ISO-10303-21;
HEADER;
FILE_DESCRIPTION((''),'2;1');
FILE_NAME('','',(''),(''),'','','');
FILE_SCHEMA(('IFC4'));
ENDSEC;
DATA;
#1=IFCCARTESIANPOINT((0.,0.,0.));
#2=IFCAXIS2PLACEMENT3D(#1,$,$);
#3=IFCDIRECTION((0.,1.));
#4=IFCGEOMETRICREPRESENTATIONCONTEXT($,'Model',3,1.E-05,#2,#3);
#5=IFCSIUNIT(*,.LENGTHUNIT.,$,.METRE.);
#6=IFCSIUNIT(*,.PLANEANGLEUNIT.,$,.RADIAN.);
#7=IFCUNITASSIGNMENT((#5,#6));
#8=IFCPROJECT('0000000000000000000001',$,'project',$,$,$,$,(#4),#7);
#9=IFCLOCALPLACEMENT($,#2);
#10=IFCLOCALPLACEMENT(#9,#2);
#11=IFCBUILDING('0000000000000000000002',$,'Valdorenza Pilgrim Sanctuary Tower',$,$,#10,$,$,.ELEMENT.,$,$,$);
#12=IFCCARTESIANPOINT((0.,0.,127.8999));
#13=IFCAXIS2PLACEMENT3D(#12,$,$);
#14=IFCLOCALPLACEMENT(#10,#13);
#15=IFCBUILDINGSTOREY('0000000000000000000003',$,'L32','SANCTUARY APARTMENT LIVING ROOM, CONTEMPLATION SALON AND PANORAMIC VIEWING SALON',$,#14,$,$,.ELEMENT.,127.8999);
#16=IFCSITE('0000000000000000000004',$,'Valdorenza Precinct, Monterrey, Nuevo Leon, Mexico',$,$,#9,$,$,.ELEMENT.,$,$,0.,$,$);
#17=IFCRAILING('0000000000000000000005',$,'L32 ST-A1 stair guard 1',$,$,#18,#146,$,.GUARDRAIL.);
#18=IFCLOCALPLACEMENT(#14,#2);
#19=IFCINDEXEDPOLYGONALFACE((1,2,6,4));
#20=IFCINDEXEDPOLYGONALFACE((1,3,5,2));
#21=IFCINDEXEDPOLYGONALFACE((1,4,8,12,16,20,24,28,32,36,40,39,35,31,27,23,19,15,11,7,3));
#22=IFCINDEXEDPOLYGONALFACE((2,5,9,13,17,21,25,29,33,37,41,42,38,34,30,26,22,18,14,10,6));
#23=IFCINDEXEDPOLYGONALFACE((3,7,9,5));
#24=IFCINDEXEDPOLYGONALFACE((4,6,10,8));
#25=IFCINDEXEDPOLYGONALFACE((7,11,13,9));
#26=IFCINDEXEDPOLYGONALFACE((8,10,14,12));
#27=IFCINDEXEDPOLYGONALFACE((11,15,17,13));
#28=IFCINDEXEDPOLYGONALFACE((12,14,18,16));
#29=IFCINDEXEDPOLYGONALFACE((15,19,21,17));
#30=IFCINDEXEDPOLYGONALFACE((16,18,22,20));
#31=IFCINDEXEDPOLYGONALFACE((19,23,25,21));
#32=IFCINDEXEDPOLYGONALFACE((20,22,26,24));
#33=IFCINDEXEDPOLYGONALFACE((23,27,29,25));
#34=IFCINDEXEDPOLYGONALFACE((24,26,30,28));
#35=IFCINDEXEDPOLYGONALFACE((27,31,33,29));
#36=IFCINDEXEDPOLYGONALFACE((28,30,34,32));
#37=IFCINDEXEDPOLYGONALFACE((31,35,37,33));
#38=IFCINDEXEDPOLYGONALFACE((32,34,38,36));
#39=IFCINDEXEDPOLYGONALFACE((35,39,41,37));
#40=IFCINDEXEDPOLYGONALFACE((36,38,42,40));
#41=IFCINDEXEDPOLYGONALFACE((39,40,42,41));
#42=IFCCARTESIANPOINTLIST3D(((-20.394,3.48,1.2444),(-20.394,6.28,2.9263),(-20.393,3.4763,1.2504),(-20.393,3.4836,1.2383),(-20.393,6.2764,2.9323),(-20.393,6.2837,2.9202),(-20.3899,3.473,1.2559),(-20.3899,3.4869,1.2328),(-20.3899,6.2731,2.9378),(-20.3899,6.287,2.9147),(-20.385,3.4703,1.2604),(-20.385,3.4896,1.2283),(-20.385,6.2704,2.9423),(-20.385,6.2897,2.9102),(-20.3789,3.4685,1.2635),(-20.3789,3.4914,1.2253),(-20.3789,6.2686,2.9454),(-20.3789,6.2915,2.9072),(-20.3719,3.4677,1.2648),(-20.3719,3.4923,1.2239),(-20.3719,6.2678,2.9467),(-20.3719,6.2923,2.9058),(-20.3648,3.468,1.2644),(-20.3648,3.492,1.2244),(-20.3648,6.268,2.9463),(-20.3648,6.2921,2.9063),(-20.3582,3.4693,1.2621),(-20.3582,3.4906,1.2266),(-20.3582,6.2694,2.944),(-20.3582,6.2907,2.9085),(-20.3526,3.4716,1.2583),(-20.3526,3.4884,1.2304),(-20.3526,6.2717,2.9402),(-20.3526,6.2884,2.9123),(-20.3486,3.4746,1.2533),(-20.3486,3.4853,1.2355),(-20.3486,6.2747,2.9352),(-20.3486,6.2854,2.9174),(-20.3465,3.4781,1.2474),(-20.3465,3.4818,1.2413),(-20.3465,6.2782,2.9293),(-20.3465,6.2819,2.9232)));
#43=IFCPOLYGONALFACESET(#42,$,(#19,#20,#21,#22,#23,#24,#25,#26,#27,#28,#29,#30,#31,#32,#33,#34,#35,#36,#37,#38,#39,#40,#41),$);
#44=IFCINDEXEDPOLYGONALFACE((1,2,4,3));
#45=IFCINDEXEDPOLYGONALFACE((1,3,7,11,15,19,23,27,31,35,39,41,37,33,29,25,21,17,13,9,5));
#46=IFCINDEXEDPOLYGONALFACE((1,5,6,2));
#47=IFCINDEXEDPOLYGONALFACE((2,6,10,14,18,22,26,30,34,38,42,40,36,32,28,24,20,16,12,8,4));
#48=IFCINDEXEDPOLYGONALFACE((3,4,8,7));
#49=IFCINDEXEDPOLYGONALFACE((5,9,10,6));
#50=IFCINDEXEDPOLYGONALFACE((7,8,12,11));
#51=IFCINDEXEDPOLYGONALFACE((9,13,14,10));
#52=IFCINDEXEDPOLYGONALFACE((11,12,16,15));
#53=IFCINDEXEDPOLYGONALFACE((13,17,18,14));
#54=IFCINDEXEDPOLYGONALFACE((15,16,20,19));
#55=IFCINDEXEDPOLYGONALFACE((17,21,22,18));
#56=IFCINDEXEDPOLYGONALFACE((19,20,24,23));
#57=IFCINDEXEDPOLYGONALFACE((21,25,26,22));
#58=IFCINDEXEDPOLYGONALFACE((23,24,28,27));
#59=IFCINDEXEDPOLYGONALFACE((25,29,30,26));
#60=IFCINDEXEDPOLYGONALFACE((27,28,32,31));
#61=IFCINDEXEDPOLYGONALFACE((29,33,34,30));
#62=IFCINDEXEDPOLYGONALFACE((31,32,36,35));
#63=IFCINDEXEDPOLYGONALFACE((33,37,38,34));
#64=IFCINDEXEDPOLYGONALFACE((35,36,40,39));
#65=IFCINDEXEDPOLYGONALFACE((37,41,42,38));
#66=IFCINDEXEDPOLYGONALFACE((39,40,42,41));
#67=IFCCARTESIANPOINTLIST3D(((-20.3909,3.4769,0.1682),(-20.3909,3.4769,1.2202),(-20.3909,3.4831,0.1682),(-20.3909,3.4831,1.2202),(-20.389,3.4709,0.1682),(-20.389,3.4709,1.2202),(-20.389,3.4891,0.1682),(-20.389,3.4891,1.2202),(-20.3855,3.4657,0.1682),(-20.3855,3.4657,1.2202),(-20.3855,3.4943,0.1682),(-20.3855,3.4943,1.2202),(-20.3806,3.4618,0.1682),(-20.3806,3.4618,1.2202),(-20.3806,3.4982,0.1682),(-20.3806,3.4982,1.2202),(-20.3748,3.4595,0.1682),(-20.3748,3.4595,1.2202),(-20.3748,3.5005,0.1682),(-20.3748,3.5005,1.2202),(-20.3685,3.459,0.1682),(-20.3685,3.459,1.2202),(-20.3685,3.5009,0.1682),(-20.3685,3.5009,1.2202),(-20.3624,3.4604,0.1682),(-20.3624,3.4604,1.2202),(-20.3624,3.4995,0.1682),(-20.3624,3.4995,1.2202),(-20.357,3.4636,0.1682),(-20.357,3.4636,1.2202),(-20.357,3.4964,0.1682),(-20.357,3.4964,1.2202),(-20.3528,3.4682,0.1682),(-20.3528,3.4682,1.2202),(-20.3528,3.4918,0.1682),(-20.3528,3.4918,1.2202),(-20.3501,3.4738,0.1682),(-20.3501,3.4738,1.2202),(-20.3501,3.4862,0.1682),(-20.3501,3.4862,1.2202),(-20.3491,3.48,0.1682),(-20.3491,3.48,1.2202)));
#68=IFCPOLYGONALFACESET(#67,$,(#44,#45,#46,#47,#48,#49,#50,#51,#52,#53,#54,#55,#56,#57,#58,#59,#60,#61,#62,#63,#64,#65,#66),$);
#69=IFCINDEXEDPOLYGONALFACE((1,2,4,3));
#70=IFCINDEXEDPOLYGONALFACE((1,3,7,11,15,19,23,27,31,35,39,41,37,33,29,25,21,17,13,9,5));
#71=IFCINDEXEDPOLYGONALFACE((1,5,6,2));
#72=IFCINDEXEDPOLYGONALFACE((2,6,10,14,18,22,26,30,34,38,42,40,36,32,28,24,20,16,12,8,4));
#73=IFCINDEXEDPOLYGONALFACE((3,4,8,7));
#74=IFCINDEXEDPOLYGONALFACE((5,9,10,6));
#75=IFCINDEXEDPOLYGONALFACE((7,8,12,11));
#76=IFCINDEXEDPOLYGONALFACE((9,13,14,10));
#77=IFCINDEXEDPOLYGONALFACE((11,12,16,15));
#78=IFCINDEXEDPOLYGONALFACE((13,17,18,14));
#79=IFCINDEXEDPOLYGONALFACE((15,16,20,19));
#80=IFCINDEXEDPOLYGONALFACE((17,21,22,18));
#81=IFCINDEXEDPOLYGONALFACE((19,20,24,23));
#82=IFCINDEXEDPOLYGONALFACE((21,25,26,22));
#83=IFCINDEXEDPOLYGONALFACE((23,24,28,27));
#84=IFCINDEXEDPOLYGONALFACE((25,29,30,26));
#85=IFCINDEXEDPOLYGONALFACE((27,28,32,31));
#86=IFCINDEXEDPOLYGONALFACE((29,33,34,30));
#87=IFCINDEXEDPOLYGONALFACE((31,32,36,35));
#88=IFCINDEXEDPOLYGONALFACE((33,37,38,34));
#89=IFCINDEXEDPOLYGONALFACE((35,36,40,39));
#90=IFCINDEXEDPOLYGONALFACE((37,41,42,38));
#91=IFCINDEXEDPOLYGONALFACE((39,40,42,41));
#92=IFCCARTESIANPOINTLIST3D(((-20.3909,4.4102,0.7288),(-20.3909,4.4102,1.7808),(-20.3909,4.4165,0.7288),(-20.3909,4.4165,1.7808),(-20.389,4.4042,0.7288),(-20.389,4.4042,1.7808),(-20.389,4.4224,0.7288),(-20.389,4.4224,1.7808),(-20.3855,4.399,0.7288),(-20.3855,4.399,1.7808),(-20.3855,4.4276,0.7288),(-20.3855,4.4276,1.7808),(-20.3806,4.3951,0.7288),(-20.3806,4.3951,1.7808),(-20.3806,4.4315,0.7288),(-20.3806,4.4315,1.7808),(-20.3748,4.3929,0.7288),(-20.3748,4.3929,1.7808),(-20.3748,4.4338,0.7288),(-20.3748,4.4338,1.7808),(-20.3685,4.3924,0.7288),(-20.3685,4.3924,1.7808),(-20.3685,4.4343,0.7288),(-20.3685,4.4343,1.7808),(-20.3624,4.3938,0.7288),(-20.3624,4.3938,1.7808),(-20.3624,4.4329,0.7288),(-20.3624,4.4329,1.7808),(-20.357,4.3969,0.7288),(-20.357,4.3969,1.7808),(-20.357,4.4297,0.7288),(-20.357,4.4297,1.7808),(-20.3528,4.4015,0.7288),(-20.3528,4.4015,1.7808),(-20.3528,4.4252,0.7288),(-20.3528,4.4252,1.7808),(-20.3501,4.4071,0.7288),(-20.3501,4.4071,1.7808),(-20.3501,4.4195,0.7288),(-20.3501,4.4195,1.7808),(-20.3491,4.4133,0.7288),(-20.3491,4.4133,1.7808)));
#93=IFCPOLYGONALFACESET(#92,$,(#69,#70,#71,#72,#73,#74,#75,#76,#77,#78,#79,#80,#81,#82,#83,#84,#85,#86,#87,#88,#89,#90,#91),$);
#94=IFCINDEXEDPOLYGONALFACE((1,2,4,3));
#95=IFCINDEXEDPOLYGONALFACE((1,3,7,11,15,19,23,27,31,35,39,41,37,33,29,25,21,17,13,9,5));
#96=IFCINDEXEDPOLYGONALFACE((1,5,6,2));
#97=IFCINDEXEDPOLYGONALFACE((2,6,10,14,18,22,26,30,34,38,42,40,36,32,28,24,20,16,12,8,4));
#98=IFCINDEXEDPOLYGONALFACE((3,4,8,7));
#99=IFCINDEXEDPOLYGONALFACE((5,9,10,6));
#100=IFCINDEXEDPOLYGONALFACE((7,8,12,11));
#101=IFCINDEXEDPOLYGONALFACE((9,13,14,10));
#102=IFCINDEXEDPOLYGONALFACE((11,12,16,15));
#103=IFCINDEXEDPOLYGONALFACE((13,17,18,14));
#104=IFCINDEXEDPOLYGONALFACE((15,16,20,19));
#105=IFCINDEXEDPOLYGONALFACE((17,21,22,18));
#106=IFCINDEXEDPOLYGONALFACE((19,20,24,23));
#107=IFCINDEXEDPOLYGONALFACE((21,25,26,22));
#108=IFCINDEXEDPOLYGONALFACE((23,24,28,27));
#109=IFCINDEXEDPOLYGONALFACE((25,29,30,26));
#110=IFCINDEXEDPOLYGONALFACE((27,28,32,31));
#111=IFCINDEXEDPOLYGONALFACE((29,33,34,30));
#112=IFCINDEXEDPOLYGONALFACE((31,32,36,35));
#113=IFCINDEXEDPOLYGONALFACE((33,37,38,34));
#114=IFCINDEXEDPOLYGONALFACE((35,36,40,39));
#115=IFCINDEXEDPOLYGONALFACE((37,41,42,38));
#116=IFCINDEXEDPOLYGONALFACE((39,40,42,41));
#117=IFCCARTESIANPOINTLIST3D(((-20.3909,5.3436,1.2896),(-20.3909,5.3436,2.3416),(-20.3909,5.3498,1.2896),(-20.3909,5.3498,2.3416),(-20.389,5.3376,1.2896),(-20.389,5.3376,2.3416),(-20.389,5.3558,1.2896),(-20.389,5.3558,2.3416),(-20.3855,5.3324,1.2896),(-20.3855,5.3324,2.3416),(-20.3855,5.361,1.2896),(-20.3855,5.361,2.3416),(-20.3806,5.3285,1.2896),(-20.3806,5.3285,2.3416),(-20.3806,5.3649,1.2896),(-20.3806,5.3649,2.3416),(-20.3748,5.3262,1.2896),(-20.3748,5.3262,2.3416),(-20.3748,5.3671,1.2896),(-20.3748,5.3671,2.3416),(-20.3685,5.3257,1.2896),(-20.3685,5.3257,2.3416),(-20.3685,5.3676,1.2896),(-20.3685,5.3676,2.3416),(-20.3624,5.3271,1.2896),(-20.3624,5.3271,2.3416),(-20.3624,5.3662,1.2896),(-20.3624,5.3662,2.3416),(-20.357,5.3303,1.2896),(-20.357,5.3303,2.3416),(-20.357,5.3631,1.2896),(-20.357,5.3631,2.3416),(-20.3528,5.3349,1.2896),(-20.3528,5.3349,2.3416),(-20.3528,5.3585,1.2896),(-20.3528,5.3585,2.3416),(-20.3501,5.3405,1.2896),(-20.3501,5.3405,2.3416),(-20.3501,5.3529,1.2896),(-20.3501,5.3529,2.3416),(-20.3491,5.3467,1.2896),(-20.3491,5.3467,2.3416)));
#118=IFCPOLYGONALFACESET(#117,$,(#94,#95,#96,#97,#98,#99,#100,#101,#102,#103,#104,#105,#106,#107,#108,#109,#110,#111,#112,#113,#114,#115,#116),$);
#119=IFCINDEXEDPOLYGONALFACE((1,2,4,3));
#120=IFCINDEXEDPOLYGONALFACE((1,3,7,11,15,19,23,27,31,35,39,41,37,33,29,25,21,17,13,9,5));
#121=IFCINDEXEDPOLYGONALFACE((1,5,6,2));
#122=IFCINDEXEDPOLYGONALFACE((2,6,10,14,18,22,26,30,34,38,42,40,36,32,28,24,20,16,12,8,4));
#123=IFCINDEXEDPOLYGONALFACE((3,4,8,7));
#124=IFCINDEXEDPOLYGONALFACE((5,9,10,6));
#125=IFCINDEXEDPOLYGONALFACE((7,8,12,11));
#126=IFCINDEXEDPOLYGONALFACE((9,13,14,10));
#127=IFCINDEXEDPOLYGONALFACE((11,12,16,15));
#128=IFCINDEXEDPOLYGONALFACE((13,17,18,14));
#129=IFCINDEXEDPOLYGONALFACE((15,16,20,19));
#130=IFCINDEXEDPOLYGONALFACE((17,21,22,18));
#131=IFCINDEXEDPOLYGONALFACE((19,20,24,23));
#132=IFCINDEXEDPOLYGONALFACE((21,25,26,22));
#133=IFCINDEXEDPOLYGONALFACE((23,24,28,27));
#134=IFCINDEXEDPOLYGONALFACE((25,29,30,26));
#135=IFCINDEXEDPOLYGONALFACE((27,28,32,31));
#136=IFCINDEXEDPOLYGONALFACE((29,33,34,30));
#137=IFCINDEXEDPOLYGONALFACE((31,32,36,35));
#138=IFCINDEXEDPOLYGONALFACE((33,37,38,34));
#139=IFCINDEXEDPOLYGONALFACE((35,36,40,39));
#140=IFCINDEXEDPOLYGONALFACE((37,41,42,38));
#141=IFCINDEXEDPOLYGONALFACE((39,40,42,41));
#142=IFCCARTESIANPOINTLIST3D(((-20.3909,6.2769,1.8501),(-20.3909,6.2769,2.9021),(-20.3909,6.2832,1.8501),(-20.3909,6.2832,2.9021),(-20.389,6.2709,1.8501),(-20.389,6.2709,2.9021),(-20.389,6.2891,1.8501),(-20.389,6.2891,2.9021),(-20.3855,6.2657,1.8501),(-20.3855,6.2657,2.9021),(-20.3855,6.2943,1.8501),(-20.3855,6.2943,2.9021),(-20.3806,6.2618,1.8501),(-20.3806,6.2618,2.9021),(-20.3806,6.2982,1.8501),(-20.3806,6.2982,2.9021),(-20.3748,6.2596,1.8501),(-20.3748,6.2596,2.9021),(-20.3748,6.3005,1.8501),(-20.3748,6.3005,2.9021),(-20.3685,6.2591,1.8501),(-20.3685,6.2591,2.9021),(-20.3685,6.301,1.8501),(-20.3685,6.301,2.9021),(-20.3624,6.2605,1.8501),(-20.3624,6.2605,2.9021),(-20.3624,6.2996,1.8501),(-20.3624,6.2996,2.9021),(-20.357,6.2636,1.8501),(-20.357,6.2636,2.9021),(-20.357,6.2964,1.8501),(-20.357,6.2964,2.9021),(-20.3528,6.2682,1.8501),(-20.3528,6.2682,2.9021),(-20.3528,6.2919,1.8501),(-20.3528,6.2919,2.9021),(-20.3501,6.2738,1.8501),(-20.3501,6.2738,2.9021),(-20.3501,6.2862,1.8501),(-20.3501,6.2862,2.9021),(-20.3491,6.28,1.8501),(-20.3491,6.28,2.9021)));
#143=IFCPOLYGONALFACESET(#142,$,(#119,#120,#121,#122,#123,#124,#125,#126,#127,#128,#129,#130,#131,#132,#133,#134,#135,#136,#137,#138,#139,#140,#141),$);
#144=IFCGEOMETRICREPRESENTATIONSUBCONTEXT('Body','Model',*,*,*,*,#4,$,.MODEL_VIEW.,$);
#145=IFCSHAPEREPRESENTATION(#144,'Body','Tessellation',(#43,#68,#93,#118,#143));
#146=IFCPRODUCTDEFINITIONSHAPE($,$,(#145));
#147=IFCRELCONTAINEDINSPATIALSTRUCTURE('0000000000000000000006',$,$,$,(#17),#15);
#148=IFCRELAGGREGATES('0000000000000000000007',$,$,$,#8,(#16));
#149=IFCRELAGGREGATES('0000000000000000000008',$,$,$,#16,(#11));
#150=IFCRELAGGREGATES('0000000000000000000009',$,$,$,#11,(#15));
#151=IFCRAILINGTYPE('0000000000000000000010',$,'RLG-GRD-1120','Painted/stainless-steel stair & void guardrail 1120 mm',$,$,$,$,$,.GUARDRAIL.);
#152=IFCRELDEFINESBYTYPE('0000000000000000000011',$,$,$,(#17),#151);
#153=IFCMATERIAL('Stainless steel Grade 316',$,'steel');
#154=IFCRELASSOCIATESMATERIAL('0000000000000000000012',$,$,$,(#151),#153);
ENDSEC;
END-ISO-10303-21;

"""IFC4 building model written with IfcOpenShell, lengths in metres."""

from ifc_helpers import new_model, si_unit, direction, frame, origin, origin_2d, place, context, subcontext, project, spatial, circle, extrude, material, type_object, element, save


model = new_model("IFC4")

# Units and contexts
model_context = context("Model", 3, precision=1e-05, world=origin(), true_north=direction((0.0, 1.0)))
body_context = subcontext(model_context, "Body", "Model", "MODEL_VIEW")
ifc_project = project(units=[si_unit("LENGTHUNIT", "METRE"), si_unit("PLANEANGLEUNIT", "RADIAN")], contexts=[model_context])

# Site, building, storey
site_placement = place(None, origin())
site = spatial("IfcSite", under=ifc_project, at=site_placement, Name="Valdorenza Precinct, Monterrey, Nuevo Leon, Mexico", CompositionType="ELEMENT", RefElevation=0.0)
building_placement = place(site_placement, origin())
building = spatial("IfcBuilding", under=site, at=building_placement, Name="Valdorenza Pilgrim Sanctuary Tower", CompositionType="ELEMENT")
storey_placement = place(building_placement, frame((0.0, 0.0, 127.8999)))
storey = spatial("IfcBuildingStorey", under=building, at=storey_placement, Name="L32", Description="SANCTUARY APARTMENT LIVING ROOM, CONTEMPLATION SALON AND PANORAMIC VIEWING SALON", CompositionType="ELEMENT", Elevation=127.8999)

# Railing
ifc_material_1 = material(Name="Stainless steel Grade 316", Category="steel")
railing_type_1 = type_object("IfcRailingType", Name="RLG-GRD-1120", Description="Painted/stainless-steel stair & void guardrail 1120 mm", PredefinedType="GUARDRAIL", material=ifc_material_1)
railing_1_placement = place(storey_placement, frame((-20.3701, 3.48, 0.1682)))
element("IfcRailing", 1, at=railing_1_placement, inside=storey, type_object=railing_type_1, Name="L32 ST-A1 stair guard 1", PredefinedType="GUARDRAIL", context=body_context, shape_type="SweptSolid", body=[
    extrude(circle(Radius=0.0239, at=origin_2d()), frame((0.0, 0.0, 1.0762), z_axis=(0.0, 0.857242, 0.514913), x_axis=(-1.0, 0.0, 0.0)), (0.0, 0.0, 1.0), 3.2664),
    extrude(circle(Radius=0.021, at=origin_2d()), origin(), (0.0, 0.0, 1.0), 1.052),
    extrude(circle(Radius=0.021, at=origin_2d()), frame((0.0, 0.9333, 0.5605)), (0.0, 0.0, 1.0), 1.052),
    extrude(circle(Radius=0.021, at=origin_2d()), frame((0.0, 1.8667, 1.1213)), (0.0, 0.0, 1.0), 1.052),
    extrude(circle(Radius=0.021, at=origin_2d()), frame((0.0, 2.8, 1.6819)), (0.0, 0.0, 1.0), 1.052),
])

save(model, "model.ifc")
